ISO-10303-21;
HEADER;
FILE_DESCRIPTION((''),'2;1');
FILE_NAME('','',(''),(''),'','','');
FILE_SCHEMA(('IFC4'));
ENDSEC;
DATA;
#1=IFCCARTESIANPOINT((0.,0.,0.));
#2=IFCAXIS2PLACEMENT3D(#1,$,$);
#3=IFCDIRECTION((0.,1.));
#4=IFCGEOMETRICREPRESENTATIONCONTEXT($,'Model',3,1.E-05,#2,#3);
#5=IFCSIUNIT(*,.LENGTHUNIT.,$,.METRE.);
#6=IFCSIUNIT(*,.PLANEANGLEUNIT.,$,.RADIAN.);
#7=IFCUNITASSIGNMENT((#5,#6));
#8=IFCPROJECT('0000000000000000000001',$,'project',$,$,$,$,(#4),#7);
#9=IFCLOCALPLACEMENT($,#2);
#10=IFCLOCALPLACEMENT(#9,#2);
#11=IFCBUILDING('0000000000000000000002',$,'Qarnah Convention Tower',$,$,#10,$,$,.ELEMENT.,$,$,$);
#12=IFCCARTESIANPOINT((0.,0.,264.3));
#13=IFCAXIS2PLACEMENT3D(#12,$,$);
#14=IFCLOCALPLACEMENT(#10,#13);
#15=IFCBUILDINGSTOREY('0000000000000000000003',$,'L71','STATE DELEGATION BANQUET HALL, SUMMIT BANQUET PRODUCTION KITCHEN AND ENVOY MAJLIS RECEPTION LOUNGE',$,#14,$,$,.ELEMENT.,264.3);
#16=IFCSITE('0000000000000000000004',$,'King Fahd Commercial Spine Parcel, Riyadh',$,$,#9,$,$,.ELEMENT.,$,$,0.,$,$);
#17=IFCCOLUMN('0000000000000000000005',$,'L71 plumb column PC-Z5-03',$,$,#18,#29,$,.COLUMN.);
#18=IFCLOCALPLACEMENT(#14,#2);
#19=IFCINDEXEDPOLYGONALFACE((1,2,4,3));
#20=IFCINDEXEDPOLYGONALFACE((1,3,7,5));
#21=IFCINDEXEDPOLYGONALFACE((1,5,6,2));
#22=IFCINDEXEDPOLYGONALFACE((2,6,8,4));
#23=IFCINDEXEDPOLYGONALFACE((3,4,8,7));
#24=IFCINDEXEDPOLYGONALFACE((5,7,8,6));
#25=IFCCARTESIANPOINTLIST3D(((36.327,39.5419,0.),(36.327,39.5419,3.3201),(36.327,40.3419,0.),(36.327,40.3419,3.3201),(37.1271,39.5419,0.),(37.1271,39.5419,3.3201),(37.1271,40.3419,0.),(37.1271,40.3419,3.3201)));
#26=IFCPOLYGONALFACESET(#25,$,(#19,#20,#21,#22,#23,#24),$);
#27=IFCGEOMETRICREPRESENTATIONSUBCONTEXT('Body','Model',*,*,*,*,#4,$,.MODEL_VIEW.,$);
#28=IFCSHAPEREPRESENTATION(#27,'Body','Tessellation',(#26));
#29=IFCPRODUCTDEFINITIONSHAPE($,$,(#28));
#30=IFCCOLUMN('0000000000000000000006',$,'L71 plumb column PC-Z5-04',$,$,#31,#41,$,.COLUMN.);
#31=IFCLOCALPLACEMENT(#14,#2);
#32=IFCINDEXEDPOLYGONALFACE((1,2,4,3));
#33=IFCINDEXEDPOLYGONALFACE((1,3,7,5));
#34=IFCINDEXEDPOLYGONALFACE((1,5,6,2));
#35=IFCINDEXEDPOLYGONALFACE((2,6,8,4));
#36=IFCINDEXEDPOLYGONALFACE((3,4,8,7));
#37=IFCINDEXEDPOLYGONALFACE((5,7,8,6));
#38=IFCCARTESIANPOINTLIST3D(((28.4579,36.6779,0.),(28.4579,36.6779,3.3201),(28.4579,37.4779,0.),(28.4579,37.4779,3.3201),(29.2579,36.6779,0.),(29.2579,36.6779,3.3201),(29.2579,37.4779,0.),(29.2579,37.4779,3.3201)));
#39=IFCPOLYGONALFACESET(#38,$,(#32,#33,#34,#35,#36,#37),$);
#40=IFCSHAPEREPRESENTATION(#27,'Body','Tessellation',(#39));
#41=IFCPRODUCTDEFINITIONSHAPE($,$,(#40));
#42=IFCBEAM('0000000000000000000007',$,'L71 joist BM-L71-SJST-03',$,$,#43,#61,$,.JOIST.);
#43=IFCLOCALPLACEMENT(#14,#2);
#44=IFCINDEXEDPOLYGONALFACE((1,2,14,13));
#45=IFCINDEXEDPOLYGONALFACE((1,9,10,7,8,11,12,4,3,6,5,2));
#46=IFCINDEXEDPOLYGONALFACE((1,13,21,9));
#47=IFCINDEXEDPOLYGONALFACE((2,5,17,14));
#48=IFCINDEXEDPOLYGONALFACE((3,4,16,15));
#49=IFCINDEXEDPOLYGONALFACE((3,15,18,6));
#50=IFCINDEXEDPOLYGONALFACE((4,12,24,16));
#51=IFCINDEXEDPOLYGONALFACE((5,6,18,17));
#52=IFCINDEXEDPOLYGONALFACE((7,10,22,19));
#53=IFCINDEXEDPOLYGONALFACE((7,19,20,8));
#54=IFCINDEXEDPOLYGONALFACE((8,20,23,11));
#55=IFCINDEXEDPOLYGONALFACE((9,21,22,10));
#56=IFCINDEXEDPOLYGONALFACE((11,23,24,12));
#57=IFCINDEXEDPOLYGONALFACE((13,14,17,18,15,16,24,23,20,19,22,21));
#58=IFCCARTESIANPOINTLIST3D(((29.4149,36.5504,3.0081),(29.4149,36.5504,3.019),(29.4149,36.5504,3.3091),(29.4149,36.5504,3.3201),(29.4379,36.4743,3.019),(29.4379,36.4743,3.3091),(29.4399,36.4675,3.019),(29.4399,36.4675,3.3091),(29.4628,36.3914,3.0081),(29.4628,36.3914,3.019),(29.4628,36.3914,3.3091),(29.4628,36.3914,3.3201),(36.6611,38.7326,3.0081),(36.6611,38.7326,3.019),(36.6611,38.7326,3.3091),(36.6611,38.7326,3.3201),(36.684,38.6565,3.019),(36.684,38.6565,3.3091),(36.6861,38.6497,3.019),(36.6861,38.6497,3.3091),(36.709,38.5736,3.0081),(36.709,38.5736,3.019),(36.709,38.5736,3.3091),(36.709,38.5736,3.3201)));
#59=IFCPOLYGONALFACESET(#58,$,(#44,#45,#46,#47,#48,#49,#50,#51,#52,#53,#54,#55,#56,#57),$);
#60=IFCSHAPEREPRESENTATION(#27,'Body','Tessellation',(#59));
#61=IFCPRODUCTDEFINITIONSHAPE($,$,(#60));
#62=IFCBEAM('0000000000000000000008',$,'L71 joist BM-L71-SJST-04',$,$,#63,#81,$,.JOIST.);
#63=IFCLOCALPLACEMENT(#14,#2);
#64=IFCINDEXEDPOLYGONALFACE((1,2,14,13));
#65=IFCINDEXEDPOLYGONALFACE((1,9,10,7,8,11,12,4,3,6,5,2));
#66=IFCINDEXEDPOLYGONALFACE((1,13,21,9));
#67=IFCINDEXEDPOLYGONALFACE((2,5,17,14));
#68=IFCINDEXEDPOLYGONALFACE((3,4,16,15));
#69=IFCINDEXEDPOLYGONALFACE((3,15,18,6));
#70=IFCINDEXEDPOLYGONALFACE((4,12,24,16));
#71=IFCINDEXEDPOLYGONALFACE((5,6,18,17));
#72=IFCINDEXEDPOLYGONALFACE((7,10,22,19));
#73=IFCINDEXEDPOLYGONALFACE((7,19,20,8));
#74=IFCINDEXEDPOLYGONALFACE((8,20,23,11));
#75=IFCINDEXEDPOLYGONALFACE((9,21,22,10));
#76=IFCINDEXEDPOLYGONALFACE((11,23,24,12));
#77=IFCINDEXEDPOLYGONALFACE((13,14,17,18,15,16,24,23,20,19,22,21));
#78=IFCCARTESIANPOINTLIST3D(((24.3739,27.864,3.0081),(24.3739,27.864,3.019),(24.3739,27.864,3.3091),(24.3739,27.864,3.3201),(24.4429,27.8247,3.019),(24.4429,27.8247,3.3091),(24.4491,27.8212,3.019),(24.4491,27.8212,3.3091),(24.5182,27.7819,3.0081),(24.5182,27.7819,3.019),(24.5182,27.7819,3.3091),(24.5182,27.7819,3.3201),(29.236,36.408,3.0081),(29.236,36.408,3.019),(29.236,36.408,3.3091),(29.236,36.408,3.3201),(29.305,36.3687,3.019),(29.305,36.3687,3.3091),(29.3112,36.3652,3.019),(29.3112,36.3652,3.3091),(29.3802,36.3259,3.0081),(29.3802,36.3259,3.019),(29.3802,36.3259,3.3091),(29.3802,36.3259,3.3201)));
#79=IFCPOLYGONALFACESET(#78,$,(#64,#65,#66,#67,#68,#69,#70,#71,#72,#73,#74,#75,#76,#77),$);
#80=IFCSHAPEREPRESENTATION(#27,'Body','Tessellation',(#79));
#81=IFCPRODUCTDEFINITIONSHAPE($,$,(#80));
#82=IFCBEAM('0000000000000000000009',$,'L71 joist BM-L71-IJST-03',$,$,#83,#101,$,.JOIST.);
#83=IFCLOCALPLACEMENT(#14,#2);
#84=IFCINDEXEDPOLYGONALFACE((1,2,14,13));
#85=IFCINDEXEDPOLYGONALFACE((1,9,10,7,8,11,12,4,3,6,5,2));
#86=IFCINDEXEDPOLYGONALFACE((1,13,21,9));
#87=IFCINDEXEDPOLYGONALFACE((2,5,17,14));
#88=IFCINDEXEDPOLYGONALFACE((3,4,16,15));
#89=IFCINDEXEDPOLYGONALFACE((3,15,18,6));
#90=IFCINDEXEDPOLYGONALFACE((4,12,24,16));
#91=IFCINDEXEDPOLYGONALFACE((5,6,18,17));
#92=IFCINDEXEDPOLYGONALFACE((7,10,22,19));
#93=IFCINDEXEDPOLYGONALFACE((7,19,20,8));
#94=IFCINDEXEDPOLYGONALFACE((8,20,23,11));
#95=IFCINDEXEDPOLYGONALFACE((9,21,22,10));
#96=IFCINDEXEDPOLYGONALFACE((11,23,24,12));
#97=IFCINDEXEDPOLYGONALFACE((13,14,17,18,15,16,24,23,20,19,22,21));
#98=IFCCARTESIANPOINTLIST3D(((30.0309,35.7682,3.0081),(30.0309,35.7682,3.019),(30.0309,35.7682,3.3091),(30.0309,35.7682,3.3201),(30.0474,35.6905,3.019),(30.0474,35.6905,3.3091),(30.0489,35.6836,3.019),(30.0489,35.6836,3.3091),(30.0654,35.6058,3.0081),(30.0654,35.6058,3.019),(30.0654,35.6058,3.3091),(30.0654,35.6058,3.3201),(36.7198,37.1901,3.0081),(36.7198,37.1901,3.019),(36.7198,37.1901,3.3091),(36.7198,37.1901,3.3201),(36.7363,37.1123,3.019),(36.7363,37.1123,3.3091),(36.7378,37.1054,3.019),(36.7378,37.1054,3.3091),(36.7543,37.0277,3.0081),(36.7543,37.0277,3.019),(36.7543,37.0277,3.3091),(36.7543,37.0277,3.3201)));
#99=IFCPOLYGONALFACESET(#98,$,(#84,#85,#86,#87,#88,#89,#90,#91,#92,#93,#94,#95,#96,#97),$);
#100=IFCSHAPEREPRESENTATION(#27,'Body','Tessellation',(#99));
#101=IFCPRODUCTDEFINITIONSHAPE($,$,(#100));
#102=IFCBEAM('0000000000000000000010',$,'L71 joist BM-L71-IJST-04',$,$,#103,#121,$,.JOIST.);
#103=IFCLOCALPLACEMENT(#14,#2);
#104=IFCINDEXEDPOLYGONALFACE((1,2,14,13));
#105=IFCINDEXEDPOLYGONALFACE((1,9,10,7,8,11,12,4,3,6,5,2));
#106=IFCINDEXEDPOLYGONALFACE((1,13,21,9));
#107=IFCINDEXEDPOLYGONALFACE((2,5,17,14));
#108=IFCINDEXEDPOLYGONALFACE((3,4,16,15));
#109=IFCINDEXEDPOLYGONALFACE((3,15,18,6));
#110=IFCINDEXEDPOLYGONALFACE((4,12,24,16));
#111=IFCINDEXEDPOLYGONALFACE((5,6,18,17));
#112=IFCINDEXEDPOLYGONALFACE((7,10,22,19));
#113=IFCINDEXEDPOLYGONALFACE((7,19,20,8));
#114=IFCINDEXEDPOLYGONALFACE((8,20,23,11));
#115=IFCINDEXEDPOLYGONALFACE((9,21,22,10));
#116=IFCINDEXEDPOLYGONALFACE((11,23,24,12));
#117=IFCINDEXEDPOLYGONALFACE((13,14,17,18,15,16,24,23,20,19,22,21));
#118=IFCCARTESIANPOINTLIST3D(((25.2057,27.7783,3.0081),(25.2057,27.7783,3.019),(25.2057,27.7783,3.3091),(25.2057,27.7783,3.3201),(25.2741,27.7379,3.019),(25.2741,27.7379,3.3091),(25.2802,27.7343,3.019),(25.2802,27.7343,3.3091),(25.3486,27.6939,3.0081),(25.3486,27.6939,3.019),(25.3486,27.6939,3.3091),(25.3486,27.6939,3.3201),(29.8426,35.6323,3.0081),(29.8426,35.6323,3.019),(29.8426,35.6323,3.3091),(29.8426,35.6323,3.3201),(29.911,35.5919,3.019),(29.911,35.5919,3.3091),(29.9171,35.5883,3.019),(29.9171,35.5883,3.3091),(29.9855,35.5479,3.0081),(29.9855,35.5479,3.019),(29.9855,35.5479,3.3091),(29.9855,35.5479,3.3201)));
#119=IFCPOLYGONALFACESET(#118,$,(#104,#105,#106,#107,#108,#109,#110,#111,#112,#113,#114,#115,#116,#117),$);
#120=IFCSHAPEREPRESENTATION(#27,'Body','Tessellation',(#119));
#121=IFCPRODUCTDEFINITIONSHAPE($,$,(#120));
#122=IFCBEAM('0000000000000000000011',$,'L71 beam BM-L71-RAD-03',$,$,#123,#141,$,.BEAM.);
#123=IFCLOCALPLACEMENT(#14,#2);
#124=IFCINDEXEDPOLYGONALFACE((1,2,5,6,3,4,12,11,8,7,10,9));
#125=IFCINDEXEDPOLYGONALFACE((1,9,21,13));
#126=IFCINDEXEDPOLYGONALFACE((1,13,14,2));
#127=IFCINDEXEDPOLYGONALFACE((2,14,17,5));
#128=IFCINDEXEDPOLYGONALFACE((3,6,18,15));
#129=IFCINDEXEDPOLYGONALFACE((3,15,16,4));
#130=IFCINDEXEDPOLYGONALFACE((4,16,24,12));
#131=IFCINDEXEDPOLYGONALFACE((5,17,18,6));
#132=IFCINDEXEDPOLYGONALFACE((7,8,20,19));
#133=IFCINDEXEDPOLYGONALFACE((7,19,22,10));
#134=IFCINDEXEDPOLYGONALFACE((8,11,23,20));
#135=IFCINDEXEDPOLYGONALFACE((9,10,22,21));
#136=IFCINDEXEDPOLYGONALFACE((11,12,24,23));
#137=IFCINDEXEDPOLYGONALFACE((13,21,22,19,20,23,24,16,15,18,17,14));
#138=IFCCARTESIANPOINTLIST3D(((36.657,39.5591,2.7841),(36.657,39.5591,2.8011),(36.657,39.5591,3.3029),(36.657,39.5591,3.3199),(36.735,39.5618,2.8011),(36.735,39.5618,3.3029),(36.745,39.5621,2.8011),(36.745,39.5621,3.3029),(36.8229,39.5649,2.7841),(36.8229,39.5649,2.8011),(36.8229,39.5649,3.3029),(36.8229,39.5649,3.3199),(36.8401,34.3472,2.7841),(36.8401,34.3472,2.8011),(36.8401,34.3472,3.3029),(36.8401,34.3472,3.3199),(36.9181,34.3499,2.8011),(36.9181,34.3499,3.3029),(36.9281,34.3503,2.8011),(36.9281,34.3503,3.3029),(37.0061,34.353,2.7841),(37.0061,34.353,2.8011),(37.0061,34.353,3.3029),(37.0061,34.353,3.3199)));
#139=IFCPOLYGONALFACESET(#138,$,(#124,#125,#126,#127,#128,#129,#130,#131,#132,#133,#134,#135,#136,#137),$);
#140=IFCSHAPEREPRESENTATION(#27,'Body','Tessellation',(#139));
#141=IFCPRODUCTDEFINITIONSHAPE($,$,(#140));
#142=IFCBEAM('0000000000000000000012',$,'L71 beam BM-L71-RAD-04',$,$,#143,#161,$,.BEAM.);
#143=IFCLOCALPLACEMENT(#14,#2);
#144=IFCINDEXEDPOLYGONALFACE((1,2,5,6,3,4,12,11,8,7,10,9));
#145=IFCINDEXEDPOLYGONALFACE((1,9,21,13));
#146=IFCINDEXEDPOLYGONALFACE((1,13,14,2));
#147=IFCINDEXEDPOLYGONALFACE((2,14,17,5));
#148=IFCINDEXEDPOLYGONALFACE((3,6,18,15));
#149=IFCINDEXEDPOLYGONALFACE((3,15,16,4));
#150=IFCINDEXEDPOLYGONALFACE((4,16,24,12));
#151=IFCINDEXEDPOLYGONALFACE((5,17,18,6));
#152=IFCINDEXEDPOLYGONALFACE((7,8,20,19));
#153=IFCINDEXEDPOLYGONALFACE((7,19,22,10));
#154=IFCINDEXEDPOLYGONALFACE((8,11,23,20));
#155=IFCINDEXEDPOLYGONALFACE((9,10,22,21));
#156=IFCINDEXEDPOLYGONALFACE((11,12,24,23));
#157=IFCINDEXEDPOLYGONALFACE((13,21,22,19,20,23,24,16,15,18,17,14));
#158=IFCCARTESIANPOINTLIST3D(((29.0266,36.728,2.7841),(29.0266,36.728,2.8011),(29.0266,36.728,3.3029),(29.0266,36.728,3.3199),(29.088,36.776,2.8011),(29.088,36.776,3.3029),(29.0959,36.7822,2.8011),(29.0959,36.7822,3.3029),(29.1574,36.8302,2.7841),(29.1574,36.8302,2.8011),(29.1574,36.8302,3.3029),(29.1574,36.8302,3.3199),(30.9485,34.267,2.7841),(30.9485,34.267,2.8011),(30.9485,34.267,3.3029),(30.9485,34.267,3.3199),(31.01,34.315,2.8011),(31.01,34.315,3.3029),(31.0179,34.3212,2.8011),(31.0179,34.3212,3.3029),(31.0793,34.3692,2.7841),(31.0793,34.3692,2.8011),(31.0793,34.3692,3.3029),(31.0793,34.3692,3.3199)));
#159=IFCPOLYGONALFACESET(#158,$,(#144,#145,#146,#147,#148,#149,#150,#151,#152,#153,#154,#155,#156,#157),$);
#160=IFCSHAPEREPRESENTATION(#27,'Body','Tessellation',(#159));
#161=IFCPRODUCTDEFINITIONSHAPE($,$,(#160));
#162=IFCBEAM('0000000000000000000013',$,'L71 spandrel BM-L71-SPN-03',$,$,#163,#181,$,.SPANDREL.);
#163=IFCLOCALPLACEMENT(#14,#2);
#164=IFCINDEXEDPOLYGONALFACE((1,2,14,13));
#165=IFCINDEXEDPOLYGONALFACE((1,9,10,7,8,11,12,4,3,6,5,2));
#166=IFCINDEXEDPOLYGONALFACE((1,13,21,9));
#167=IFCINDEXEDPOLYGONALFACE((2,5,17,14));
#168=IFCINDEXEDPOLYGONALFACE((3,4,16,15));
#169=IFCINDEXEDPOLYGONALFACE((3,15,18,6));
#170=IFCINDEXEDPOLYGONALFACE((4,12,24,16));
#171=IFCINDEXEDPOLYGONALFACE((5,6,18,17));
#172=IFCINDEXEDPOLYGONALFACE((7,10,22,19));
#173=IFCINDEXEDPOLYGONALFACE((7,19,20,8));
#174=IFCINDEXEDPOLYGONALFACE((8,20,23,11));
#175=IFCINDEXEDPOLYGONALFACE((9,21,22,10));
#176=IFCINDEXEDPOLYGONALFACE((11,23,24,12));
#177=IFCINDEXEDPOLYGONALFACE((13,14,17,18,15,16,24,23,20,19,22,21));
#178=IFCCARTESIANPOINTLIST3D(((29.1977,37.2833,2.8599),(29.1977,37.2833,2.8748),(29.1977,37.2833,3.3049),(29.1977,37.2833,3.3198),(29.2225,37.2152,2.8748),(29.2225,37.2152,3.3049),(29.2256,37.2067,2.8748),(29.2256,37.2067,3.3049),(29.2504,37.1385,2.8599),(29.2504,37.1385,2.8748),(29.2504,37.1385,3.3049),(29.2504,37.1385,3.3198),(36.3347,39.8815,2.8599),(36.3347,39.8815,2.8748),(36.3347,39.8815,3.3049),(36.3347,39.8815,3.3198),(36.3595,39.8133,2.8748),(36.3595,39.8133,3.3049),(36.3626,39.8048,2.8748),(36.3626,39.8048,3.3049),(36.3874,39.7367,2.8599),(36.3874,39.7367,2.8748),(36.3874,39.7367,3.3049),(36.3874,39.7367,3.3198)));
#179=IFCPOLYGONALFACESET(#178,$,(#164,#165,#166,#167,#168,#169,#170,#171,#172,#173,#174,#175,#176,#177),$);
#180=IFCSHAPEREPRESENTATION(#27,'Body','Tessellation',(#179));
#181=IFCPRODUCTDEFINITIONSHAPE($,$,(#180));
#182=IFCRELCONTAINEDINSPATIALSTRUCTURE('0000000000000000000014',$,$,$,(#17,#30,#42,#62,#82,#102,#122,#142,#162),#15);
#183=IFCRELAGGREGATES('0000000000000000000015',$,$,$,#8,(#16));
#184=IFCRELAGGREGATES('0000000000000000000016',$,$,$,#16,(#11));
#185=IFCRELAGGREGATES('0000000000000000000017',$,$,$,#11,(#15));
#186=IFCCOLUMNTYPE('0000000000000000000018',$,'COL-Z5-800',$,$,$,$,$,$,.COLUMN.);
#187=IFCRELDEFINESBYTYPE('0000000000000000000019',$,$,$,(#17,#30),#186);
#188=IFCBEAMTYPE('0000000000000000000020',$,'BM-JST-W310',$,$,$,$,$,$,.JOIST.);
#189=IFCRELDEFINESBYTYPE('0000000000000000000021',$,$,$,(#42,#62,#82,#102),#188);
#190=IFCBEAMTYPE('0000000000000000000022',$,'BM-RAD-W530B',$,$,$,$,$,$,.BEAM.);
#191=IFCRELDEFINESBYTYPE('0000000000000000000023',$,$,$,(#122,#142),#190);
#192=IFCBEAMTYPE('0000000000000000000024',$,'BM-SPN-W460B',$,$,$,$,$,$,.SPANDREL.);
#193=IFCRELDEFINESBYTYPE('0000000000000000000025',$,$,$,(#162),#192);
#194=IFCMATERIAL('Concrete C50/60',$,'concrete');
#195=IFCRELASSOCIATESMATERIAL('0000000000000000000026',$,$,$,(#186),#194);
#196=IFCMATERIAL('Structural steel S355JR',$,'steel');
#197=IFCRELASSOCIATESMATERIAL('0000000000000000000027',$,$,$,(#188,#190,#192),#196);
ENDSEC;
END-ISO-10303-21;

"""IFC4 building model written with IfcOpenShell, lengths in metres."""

from ifc_helpers import new_model, si_unit, direction, frame, origin, origin_2d, place, context, subcontext, project, spatial, rectangle, i_section, extrude, material, material_profile, profile_set, type_object, element, save


model = new_model("IFC4")

# Units and contexts
model_context = context("Model", 3, precision=1e-05, world=origin(), true_north=direction((0.0, 1.0)))
body_context = subcontext(model_context, "Body", "Model", "MODEL_VIEW")
ifc_project = project(units=[si_unit("LENGTHUNIT", "METRE"), si_unit("PLANEANGLEUNIT", "RADIAN")], contexts=[model_context])

# Site, building, storey
site_placement = place(None, origin())
site = spatial("IfcSite", under=ifc_project, at=site_placement, Name="King Fahd Commercial Spine Parcel, Riyadh", CompositionType="ELEMENT", RefElevation=0.0)
building_placement = place(site_placement, origin())
building = spatial("IfcBuilding", under=site, at=building_placement, Name="Qarnah Convention Tower", CompositionType="ELEMENT")
storey_placement = place(building_placement, frame((0.0, 0.0, 264.3)))
storey = spatial("IfcBuildingStorey", under=building, at=storey_placement, Name="L71", Description="STATE DELEGATION BANQUET HALL, SUMMIT BANQUET PRODUCTION KITCHEN AND ENVOY MAJLIS RECEPTION LOUNGE", CompositionType="ELEMENT", Elevation=264.3)

# Columns
ifc_material_1 = material(Name="Concrete C50/60", Category="concrete")
ifc_material_profile_1 = material_profile(ifc_material_1, rectangle(XDim=0.8, YDim=0.8, at=origin_2d()), Name="RC-COL-800X800")
ifc_profile_set_1 = profile_set([ifc_material_profile_1], Name="Concrete C50/60")
column_type = type_object("IfcColumnType", Name="COL-Z5-800", PredefinedType="COLUMN", material=ifc_profile_set_1)
for number, where, z_axis, x_axis, name in (
    (1, (36.7271, 39.9419, 0.0), (0.0, 0.0, 1.0), (1.0, 0.0, 0.0), "L71 plumb column PC-Z5-03"),
    (2, (28.8579, 37.0779, 0.0), (0.0, 0.0, 1.0), (1.0, 0.0, 0.0), "L71 plumb column PC-Z5-04"),
):
    element("IfcColumn", number, at=place(storey_placement, frame(where, z_axis=z_axis, x_axis=x_axis)), inside=storey, type_object=column_type, Name=name, PredefinedType="COLUMN", context=body_context, shape_type="SweptSolid", body=[
        extrude(rectangle(XDim=0.8, YDim=0.8, at=origin_2d()), origin(), (0.0, 0.0, 1.0), 3.3201),
    ])

# Beams
ifc_material_2 = material(Name="Structural steel S355JR", Category="steel")
ifc_material_profile_2 = material_profile(ifc_material_2, i_section(OverallWidth=0.166, OverallDepth=0.312, WebThickness=0.0071, FlangeThickness=0.011, at=origin_2d()), Name="W310X45")
ifc_profile_set_2 = profile_set([ifc_material_profile_2], Name="Structural steel S355JR")
beam_type_1 = type_object("IfcBeamType", Name="BM-JST-W310", PredefinedType="JOIST", material=ifc_profile_set_2)
beam_1_placement = place(storey_placement, frame((36.6851, 38.6531, 3.1641), z_axis=(-0.957524, -0.288354, 0.0), x_axis=(0.288354, -0.957524, 0.0)))
element("IfcBeam", 3, at=beam_1_placement, inside=storey, type_object=beam_type_1, Name="L71 joist BM-L71-SJST-03", PredefinedType="JOIST", context=body_context, shape_type="SweptSolid", body=[
    extrude(i_section(OverallWidth=0.166, OverallDepth=0.312, WebThickness=0.0071, FlangeThickness=0.011, at=origin_2d()), origin(), (0.0, 0.0, 1.0), 7.5676),
])
beam_2_placement = place(storey_placement, frame((29.3081, 36.3669, 3.1641), z_axis=(-0.49459, -0.869127, 0.0), x_axis=(0.869127, -0.49459, 0.0)))
element("IfcBeam", 4, at=beam_2_placement, inside=storey, type_object=beam_type_1, Name="L71 joist BM-L71-SJST-04", PredefinedType="JOIST", context=body_context, shape_type="SweptSolid", body=[
    extrude(i_section(OverallWidth=0.166, OverallDepth=0.312, WebThickness=0.0071, FlangeThickness=0.011, at=origin_2d()), origin(), (0.0, 0.0, 1.0), 9.8306),
])
beam_3_placement = place(storey_placement, frame((36.7371, 37.1089, 3.1641), z_axis=(-0.978145, -0.207925, 0.0), x_axis=(0.207925, -0.978145, 0.0)))
element("IfcBeam", 5, at=beam_3_placement, inside=storey, type_object=beam_type_1, Name="L71 joist BM-L71-IJST-03", PredefinedType="JOIST", context=body_context, shape_type="SweptSolid", body=[
    extrude(i_section(OverallWidth=0.166, OverallDepth=0.312, WebThickness=0.0071, FlangeThickness=0.011, at=origin_2d()), origin(), (0.0, 0.0, 1.0), 6.8384),
])
beam_4_placement = place(storey_placement, frame((29.9141, 35.5901, 3.1641), z_axis=(-0.508401, -0.86112, 0.0), x_axis=(0.86112, -0.508401, 0.0)))
element("IfcBeam", 6, at=beam_4_placement, inside=storey, type_object=beam_type_1, Name="L71 joist BM-L71-IJST-04", PredefinedType="JOIST", context=body_context, shape_type="SweptSolid", body=[
    extrude(i_section(OverallWidth=0.166, OverallDepth=0.312, WebThickness=0.0071, FlangeThickness=0.011, at=origin_2d()), origin(), (0.0, 0.0, 1.0), 9.1206),
])
ifc_material_profile_3 = material_profile(ifc_material_2, i_section(OverallWidth=0.166, OverallDepth=0.5359, WebThickness=0.01, FlangeThickness=0.0171, at=origin_2d()), Name="W530X85")
ifc_profile_set_3 = profile_set([ifc_material_profile_3], Name="Structural steel S355JR")
beam_type_2 = type_object("IfcBeamType", Name="BM-RAD-W530B", PredefinedType="BEAM", material=ifc_profile_set_3)
beam_5_placement = place(storey_placement, frame((36.9231, 34.3501, 3.052), z_axis=(-0.03511, 0.999383, 0.0), x_axis=(-0.999383, -0.03511, 0.0)))
element("IfcBeam", 7, at=beam_5_placement, inside=storey, type_object=beam_type_2, Name="L71 beam BM-L71-RAD-03", PredefinedType="BEAM", context=body_context, shape_type="SweptSolid", body=[
    extrude(i_section(OverallWidth=0.166, OverallDepth=0.5359, WebThickness=0.01, FlangeThickness=0.0171, at=origin_2d()), origin(), (0.0, 0.0, 1.0), 5.2151),
])
beam_6_placement = place(storey_placement, frame((31.0139, 34.3181, 3.052), z_axis=(-0.615498, 0.788138, 0.0), x_axis=(-0.788138, -0.615498, 0.0)))
element("IfcBeam", 8, at=beam_6_placement, inside=storey, type_object=beam_type_2, Name="L71 beam BM-L71-RAD-04", PredefinedType="BEAM", context=body_context, shape_type="SweptSolid", body=[
    extrude(i_section(OverallWidth=0.166, OverallDepth=0.5359, WebThickness=0.01, FlangeThickness=0.0171, at=origin_2d()), origin(), (0.0, 0.0, 1.0), 3.1226),
])
ifc_material_profile_4 = material_profile(ifc_material_2, i_section(OverallWidth=0.1541, OverallDepth=0.46, WebThickness=0.009, FlangeThickness=0.0149, at=origin_2d()), Name="W460X68")
ifc_profile_set_4 = profile_set([ifc_material_profile_4], Name="Structural steel S355JR")
beam_type_3 = type_object("IfcBeamType", Name="BM-SPN-W460B", PredefinedType="SPANDREL", material=ifc_profile_set_4)
beam_7_placement = place(storey_placement, frame((36.3611, 39.8091, 3.0898), z_axis=(-0.939671, -0.342079, 0.0), x_axis=(0.342079, -0.939671, 0.0)))
element("IfcBeam", 9, at=beam_7_placement, inside=storey, type_object=beam_type_3, Name="L71 spandrel BM-L71-SPN-03", PredefinedType="SPANDREL", context=body_context, shape_type="SweptSolid", body=[
    extrude(i_section(OverallWidth=0.1541, OverallDepth=0.46, WebThickness=0.009, FlangeThickness=0.0149, at=origin_2d()), origin(), (0.0, 0.0, 1.0), 7.5952),
])

save(model, "model.ifc")
